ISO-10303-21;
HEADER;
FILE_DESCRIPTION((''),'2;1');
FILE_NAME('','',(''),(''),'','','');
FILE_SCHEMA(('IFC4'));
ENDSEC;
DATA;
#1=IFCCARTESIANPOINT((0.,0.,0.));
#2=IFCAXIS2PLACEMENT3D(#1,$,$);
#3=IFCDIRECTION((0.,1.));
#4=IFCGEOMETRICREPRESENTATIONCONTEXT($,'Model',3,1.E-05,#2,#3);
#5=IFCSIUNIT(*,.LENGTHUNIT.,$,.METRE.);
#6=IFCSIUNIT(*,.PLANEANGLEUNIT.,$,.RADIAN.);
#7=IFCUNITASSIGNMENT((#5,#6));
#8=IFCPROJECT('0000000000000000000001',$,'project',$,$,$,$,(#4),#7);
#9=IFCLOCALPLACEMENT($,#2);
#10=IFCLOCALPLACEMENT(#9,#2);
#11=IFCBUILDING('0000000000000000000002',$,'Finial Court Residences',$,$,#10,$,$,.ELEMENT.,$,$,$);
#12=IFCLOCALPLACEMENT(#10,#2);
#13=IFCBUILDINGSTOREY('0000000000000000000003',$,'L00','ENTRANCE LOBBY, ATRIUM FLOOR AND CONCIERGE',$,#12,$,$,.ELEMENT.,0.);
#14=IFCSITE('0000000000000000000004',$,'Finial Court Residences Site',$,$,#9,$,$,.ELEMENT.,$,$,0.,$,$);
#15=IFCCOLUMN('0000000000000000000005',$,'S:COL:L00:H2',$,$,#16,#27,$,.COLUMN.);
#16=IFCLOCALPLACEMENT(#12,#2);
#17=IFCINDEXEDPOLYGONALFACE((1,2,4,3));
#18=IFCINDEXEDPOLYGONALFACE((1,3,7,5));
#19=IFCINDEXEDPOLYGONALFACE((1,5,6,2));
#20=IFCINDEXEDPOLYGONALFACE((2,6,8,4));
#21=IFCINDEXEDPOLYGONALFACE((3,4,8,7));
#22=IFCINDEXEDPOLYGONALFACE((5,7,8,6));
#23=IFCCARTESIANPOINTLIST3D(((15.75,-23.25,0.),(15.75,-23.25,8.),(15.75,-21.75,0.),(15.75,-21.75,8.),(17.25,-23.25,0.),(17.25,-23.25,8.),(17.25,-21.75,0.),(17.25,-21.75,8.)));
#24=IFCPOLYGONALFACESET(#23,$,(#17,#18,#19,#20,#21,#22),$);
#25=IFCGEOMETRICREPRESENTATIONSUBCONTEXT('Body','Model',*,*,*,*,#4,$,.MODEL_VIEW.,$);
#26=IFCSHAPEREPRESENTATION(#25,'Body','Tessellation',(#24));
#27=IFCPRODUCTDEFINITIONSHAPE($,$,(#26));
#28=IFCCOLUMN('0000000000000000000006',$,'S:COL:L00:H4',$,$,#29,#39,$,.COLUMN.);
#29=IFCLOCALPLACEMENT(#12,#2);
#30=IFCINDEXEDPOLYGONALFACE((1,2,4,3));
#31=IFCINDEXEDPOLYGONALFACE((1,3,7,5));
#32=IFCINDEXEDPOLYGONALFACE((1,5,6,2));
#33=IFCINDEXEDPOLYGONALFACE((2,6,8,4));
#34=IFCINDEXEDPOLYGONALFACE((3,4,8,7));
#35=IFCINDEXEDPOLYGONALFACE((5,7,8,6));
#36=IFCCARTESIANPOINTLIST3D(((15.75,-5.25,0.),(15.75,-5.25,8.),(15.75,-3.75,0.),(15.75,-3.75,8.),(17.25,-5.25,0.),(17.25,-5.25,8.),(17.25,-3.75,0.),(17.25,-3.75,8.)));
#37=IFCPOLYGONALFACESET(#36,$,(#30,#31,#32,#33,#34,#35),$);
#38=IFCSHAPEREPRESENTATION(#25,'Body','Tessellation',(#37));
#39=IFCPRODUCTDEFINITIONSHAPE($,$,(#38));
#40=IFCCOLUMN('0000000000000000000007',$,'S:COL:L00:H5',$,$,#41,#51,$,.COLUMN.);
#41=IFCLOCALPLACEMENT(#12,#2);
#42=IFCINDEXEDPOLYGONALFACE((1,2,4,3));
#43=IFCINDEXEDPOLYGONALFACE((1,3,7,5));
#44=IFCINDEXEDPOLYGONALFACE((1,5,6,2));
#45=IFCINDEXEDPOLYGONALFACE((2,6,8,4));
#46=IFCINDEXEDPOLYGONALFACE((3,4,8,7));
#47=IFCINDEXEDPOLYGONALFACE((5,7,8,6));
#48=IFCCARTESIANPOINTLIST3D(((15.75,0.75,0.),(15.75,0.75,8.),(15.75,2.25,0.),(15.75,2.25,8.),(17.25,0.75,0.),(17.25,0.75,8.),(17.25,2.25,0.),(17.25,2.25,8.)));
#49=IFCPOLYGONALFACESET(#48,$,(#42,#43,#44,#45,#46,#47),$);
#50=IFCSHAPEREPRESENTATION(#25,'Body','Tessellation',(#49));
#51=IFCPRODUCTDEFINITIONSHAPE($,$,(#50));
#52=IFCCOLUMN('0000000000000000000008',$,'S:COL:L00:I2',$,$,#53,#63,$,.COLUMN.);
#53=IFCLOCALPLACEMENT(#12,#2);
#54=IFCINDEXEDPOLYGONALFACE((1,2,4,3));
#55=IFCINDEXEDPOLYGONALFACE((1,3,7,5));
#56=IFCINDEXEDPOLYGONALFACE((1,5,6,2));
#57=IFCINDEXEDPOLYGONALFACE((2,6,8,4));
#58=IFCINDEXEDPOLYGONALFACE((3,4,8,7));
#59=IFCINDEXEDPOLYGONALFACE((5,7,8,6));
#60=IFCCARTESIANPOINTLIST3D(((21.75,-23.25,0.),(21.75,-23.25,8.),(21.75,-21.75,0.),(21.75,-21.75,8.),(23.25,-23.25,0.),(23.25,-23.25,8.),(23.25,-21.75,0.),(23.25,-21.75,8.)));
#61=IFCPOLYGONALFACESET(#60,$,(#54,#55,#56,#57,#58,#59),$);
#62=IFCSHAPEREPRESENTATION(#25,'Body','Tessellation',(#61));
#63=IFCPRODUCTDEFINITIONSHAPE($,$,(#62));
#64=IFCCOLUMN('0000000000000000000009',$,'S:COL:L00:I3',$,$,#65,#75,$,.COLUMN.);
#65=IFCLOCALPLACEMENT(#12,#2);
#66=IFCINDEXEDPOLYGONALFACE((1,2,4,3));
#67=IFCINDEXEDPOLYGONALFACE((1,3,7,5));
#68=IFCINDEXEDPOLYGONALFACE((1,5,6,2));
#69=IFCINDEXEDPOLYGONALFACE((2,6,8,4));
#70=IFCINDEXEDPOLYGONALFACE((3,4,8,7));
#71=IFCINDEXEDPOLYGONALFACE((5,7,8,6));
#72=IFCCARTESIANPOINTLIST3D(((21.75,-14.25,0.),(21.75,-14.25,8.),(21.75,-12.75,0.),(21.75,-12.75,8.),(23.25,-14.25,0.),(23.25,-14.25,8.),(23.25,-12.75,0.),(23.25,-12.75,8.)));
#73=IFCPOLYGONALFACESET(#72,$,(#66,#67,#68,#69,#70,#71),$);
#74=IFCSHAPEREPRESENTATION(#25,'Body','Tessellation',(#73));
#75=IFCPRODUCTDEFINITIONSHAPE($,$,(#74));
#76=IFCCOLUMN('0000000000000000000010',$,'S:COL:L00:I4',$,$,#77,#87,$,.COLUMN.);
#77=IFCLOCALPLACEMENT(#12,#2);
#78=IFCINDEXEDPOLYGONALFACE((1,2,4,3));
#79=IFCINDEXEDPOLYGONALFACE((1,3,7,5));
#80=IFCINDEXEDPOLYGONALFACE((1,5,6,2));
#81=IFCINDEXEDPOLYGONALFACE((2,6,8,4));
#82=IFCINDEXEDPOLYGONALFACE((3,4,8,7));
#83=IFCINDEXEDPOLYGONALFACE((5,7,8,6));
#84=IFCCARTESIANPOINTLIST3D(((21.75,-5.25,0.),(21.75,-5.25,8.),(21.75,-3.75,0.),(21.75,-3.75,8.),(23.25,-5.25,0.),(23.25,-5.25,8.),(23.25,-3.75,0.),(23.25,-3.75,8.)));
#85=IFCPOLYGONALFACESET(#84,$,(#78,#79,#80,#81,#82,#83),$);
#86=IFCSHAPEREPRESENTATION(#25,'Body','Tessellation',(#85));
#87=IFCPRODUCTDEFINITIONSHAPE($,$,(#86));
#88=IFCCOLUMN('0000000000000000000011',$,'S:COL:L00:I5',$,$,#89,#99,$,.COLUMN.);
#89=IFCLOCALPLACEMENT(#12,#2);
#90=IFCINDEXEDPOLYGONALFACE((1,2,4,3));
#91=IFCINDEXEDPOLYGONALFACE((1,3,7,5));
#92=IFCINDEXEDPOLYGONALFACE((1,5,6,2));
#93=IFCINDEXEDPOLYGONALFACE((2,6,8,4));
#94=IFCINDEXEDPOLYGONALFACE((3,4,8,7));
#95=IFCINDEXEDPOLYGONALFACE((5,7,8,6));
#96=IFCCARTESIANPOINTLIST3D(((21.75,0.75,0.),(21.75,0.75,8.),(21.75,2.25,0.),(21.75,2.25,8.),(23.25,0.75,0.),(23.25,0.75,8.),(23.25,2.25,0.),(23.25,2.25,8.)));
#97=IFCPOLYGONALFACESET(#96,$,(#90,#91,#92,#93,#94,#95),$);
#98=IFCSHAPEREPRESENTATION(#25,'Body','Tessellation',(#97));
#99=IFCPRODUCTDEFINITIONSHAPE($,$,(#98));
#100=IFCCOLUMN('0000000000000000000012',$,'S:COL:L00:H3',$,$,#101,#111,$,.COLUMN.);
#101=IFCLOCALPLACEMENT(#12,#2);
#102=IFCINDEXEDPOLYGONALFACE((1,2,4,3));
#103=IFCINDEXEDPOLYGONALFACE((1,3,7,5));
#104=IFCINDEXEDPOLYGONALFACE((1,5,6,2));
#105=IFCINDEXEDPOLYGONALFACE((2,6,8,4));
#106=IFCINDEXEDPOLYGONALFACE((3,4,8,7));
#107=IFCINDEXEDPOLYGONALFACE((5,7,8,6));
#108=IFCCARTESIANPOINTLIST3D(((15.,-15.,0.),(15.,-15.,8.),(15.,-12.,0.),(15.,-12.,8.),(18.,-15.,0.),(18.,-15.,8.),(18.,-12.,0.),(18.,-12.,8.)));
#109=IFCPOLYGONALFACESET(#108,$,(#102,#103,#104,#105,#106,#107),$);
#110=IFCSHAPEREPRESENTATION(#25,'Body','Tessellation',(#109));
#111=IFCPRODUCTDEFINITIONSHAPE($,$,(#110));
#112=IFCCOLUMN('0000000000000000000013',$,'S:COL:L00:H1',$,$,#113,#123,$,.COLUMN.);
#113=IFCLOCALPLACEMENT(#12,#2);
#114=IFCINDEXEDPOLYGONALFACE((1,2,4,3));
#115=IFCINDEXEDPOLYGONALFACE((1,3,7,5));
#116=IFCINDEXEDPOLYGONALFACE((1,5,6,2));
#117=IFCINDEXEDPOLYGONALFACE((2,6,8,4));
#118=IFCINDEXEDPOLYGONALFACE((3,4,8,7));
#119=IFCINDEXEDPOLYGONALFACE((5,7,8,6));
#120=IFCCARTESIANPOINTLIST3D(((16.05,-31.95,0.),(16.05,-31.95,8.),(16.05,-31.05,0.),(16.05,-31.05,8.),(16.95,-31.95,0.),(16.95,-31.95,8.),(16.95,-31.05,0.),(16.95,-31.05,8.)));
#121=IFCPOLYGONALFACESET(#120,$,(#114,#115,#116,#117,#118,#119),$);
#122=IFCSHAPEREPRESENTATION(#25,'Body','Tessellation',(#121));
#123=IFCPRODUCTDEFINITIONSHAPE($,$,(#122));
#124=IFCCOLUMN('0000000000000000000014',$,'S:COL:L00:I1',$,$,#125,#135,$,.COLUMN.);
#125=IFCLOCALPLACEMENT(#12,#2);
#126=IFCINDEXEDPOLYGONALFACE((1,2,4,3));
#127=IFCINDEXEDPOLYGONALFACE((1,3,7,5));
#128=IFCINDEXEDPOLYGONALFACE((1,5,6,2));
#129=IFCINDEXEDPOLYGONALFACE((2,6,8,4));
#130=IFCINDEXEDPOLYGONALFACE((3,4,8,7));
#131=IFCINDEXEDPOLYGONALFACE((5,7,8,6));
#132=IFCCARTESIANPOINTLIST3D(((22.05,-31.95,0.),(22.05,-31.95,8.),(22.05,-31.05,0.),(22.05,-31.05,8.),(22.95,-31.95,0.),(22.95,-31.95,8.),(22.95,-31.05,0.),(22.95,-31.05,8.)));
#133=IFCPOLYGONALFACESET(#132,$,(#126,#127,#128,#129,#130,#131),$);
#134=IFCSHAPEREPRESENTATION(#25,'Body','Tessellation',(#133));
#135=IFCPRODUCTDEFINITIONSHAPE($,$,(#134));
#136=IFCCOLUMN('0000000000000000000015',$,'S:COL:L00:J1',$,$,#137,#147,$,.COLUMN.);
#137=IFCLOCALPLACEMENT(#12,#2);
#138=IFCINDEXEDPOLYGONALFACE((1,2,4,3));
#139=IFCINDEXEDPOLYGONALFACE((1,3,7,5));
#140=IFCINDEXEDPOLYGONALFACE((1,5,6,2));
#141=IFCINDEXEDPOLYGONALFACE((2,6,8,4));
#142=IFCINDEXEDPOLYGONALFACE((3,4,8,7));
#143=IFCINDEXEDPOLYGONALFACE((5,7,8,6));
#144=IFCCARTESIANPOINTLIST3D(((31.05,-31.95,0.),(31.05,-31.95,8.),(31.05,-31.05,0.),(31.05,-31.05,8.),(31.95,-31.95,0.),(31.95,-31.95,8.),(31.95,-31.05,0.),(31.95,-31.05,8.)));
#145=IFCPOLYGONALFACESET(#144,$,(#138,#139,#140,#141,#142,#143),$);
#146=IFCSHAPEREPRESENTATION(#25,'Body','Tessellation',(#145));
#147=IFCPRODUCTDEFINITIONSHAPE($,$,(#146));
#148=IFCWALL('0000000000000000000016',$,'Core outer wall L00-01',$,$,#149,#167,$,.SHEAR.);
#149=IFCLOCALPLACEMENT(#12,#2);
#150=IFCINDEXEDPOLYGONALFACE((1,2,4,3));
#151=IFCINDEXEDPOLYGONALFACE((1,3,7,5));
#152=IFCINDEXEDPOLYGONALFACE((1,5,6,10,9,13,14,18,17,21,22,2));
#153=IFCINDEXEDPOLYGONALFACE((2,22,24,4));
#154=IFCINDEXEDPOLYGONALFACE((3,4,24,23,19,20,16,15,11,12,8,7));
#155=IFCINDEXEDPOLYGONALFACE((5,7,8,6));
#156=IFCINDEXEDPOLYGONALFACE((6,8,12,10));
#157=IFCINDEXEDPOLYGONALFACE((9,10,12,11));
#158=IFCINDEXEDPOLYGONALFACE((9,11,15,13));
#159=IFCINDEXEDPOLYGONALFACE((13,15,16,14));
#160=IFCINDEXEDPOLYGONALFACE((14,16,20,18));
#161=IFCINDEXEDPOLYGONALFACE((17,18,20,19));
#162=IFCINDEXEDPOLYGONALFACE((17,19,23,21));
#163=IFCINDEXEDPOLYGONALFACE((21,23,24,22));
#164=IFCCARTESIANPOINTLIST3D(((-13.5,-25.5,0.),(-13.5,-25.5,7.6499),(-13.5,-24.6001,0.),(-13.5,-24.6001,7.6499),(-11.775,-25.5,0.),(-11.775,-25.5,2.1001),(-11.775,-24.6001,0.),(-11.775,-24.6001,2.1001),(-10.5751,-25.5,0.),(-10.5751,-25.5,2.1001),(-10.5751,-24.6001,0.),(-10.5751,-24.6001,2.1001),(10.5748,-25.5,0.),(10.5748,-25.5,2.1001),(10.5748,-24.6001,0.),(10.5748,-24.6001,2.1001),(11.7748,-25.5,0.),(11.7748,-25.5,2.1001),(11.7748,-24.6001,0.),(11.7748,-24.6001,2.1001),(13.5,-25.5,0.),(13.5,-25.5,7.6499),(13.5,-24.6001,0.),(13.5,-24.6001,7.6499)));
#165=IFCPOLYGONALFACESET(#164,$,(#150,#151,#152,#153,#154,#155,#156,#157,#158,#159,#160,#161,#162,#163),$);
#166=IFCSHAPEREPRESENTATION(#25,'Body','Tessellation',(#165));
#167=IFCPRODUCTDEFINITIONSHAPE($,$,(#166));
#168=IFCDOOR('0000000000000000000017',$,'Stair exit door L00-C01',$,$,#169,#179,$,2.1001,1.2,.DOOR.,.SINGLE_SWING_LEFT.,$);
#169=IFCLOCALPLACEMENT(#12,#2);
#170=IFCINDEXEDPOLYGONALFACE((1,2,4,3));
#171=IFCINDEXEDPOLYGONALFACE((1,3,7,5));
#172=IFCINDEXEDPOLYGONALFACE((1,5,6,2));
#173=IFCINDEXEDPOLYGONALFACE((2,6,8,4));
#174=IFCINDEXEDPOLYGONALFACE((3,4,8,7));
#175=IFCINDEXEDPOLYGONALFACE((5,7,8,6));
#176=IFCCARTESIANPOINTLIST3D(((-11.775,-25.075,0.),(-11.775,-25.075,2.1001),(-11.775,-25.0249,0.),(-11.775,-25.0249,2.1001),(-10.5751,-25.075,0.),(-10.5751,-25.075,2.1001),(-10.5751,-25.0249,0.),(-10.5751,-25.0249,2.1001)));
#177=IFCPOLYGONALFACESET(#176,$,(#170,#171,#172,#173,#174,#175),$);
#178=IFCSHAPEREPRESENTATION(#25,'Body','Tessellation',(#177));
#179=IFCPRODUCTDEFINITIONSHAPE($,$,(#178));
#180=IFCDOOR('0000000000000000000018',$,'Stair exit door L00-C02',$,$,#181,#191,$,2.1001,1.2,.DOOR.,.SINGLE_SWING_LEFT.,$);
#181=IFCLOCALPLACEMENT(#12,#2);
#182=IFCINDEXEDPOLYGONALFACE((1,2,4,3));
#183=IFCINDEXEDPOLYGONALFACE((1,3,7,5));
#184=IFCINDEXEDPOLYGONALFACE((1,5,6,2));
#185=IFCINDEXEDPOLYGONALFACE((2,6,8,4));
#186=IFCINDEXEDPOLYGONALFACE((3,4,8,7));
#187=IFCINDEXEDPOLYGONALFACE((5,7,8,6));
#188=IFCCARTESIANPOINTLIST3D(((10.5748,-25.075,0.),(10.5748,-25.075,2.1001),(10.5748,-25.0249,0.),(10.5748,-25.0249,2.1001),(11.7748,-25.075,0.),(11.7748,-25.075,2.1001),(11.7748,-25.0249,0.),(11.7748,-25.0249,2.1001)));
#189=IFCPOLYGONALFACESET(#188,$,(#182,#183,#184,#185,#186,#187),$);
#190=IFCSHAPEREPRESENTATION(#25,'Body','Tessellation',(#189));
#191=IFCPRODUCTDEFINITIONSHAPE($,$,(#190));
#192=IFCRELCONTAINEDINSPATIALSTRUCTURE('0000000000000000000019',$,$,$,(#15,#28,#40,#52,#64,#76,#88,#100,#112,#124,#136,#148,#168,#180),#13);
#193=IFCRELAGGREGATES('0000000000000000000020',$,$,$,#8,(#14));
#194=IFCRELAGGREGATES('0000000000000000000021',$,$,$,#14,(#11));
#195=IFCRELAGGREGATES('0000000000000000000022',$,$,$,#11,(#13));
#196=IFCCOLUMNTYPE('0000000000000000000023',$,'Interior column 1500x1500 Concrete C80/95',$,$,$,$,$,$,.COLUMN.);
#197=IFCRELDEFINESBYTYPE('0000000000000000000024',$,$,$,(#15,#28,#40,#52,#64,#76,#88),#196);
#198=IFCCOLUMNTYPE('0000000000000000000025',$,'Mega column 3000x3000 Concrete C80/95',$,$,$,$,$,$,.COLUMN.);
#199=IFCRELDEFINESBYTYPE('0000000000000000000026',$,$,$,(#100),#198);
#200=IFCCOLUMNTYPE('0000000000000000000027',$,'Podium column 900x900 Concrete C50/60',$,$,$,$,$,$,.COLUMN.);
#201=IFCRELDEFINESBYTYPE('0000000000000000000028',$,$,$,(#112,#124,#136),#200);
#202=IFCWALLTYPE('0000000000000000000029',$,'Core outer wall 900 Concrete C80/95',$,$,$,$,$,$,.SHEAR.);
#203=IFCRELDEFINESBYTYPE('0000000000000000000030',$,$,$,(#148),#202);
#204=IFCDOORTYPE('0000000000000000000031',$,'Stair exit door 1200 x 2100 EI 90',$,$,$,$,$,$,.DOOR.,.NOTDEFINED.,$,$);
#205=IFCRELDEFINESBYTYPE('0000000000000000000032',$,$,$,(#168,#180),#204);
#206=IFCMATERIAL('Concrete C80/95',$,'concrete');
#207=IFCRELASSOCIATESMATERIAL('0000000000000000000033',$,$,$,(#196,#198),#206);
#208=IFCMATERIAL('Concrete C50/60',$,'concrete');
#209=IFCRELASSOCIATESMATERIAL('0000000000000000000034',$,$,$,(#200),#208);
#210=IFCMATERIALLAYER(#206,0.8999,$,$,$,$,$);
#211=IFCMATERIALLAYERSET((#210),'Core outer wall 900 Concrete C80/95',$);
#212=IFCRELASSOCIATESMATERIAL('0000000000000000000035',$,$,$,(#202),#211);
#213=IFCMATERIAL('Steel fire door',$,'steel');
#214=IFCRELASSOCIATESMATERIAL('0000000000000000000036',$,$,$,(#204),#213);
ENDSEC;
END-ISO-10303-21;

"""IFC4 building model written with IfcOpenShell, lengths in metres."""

from ifc_helpers import new_model, si_unit, direction, frame, frame_2d, origin, origin_2d, place, context, subcontext, project, spatial, rectangle, extrude, material, layer, layer_set, material_profile, profile_set, type_object, element, fill, save


model = new_model("IFC4")

# Units and contexts
model_context = context("Model", 3, precision=1e-05, world=origin(), true_north=direction((0.0, 1.0)))
body_context = subcontext(model_context, "Body", "Model", "MODEL_VIEW")
ifc_project = project(units=[si_unit("LENGTHUNIT", "METRE"), si_unit("PLANEANGLEUNIT", "RADIAN")], contexts=[model_context])

# Site, building, storey
site_placement = place(None, origin())
site = spatial("IfcSite", under=ifc_project, at=site_placement, Name="Finial Court Residences Site", CompositionType="ELEMENT", RefElevation=0.0)
building_placement = place(site_placement, origin())
building = spatial("IfcBuilding", under=site, at=building_placement, Name="Finial Court Residences", CompositionType="ELEMENT")
storey_placement = place(building_placement, origin())
storey = spatial("IfcBuildingStorey", under=building, at=storey_placement, Name="L00", Description="ENTRANCE LOBBY, ATRIUM FLOOR AND CONCIERGE", CompositionType="ELEMENT", Elevation=0.0)

# Columns
ifc_material_1 = material(Name="Concrete C80/95", Category="concrete")
ifc_material_profile_1 = material_profile(ifc_material_1, rectangle(XDim=1.5, YDim=1.5, at=origin_2d()), Name="1500x1500")
ifc_profile_set_1 = profile_set([ifc_material_profile_1], Name="Concrete C80/95")
column_type_1 = type_object("IfcColumnType", Name="Interior column 1500x1500 Concrete C80/95", PredefinedType="COLUMN", material=ifc_profile_set_1)
for number, where, z_axis, x_axis, name in (
    (1, (16.5, -22.5, 0.0), (0.0, 0.0, 1.0), (1.0, 0.0, 0.0), "S:COL:L00:H2"),
    (2, (16.5, -4.5, 0.0), (0.0, 0.0, 1.0), (1.0, 0.0, 0.0), "S:COL:L00:H4"),
    (3, (16.5, 1.5, 0.0), (0.0, 0.0, 1.0), (1.0, 0.0, 0.0), "S:COL:L00:H5"),
    (4, (22.5, -22.5, 0.0), (0.0, 0.0, 1.0), (1.0, 0.0, 0.0), "S:COL:L00:I2"),
    (5, (22.5, -13.5, 0.0), (0.0, 0.0, 1.0), (1.0, 0.0, 0.0), "S:COL:L00:I3"),
    (6, (22.5, -4.5, 0.0), (0.0, 0.0, 1.0), (1.0, 0.0, 0.0), "S:COL:L00:I4"),
    (7, (22.5, 1.5, 0.0), (0.0, 0.0, 1.0), (1.0, 0.0, 0.0), "S:COL:L00:I5"),
):
    element("IfcColumn", number, at=place(storey_placement, frame(where, z_axis=z_axis, x_axis=x_axis)), inside=storey, type_object=column_type_1, Name=name, PredefinedType="COLUMN", context=body_context, shape_type="SweptSolid", body=[
        extrude(rectangle(XDim=1.5, YDim=1.5, at=origin_2d()), origin(), (0.0, 0.0, 1.0), 8.0),
    ])
ifc_material_profile_2 = material_profile(ifc_material_1, rectangle(XDim=3.0, YDim=3.0, at=origin_2d()), Name="3000x3000")
ifc_profile_set_2 = profile_set([ifc_material_profile_2], Name="Concrete C80/95")
column_type_2 = type_object("IfcColumnType", Name="Mega column 3000x3000 Concrete C80/95", PredefinedType="COLUMN", material=ifc_profile_set_2)
column_placement = place(storey_placement, frame((16.5, -13.5, 0.0), z_axis=(0.0, 0.0, 1.0), x_axis=(1.0, 0.0, 0.0)))
element("IfcColumn", 8, at=column_placement, inside=storey, type_object=column_type_2, Name="S:COL:L00:H3", PredefinedType="COLUMN", context=body_context, shape_type="SweptSolid", body=[
    extrude(rectangle(XDim=3.0, YDim=3.0, at=origin_2d()), origin(), (0.0, 0.0, 1.0), 8.0),
])
ifc_material_2 = material(Name="Concrete C50/60", Category="concrete")
ifc_material_profile_3 = material_profile(ifc_material_2, rectangle(XDim=0.8999, YDim=0.8999, at=origin_2d()), Name="900x900")
ifc_profile_set_3 = profile_set([ifc_material_profile_3], Name="Concrete C50/60")
column_type_3 = type_object("IfcColumnType", Name="Podium column 900x900 Concrete C50/60", PredefinedType="COLUMN", material=ifc_profile_set_3)
for number, where, z_axis, x_axis, name in (
    (9, (16.5, -31.5, 0.0), (0.0, 0.0, 1.0), (1.0, 0.0, 0.0), "S:COL:L00:H1"),
    (10, (22.5, -31.5, 0.0), (0.0, 0.0, 1.0), (1.0, 0.0, 0.0), "S:COL:L00:I1"),
    (11, (31.5, -31.5, 0.0), (0.0, 0.0, 1.0), (1.0, 0.0, 0.0), "S:COL:L00:J1"),
):
    element("IfcColumn", number, at=place(storey_placement, frame(where, z_axis=z_axis, x_axis=x_axis)), inside=storey, type_object=column_type_3, Name=name, PredefinedType="COLUMN", context=body_context, shape_type="SweptSolid", body=[
        extrude(rectangle(XDim=0.8999, YDim=0.8999, at=origin_2d()), origin(), (0.0, 0.0, 1.0), 8.0),
    ])

# Wall, openings, doors
ifc_layer_1 = layer(ifc_material_1, 0.8999)
ifc_layer_set_1 = layer_set([ifc_layer_1], Name="Core outer wall 900 Concrete C80/95")
wall_type_1 = type_object("IfcWallType", Name="Core outer wall 900 Concrete C80/95", PredefinedType="SHEAR", material=ifc_layer_set_1)
wall_1_placement = place(storey_placement, frame((13.5, -25.05, 0.0), z_axis=(0.0, 0.0, 1.0), x_axis=(-1.0, 0.0, 0.0)))
wall_1 = element("IfcWall", 12, at=wall_1_placement, inside=storey, type_object=wall_type_1, Name="Core outer wall L00-01", PredefinedType="SHEAR", context=body_context, shape_type="SweptSolid", body=[
    extrude(rectangle(XDim=27.0, YDim=0.8999, at=frame_2d((13.5, 0.0))), origin(), (0.0, 0.0, 1.0), 7.6499),
])
opening_1_placement = place(wall_1_placement, frame((24.075, 0.0, 0.0)))
opening_1 = element("IfcOpeningElement", 13, at=opening_1_placement, cuts=wall_1, PredefinedType="OPENING", context=body_context, shape_type="SweptSolid", body=[
    extrude(rectangle(XDim=1.2, YDim=2.1001, at=frame_2d((0.6001, 1.05))), frame((0.0, 0.46, 0.0), z_axis=(0.0, -1.0, 0.0), x_axis=(1.0, 0.0, 0.0)), (0.0, 0.0, 1.0), 0.9199),
])
opening_2_placement = place(wall_1_placement, frame((1.7251, 0.0, 0.0)))
opening_2 = element("IfcOpeningElement", 14, at=opening_2_placement, cuts=wall_1, PredefinedType="OPENING", context=body_context, shape_type="SweptSolid", body=[
    extrude(rectangle(XDim=1.2, YDim=2.1001, at=frame_2d((0.6001, 1.05))), frame((0.0, 0.46, 0.0), z_axis=(0.0, -1.0, 0.0), x_axis=(1.0, 0.0, 0.0)), (0.0, 0.0, 1.0), 0.9199),
])
ifc_material_3 = material(Name="Steel fire door", Category="steel")
door_type_1 = type_object("IfcDoorType", Name="Stair exit door 1200 x 2100 EI 90", OperationType="NOTDEFINED", PredefinedType="DOOR", material=ifc_material_3)
door_1_placement = place(opening_1_placement, origin())
door_1 = element("IfcDoor", 15, at=door_1_placement, inside=storey, type_object=door_type_1, Name="Stair exit door L00-C01", OperationType="SINGLE_SWING_LEFT", OverallHeight=2.1001, OverallWidth=1.2, PredefinedType="DOOR", context=body_context, shape_type="SweptSolid", body=[
    extrude(rectangle(XDim=1.2, YDim=2.1001, at=frame_2d((0.6001, 1.05))), frame((0.0, 0.0249, 0.0), z_axis=(0.0, -1.0, 0.0), x_axis=(1.0, 0.0, 0.0)), (0.0, 0.0, 1.0), 0.05),
])
fill(opening_1, door_1)
door_2_placement = place(opening_2_placement, origin())
door_2 = element("IfcDoor", 16, at=door_2_placement, inside=storey, type_object=door_type_1, Name="Stair exit door L00-C02", OperationType="SINGLE_SWING_LEFT", OverallHeight=2.1001, OverallWidth=1.2, PredefinedType="DOOR", context=body_context, shape_type="SweptSolid", body=[
    extrude(rectangle(XDim=1.2, YDim=2.1001, at=frame_2d((0.6001, 1.05))), frame((0.0, 0.0249, 0.0), z_axis=(0.0, -1.0, 0.0), x_axis=(1.0, 0.0, 0.0)), (0.0, 0.0, 1.0), 0.05),
])
fill(opening_2, door_2)

save(model, "model.ifc")
